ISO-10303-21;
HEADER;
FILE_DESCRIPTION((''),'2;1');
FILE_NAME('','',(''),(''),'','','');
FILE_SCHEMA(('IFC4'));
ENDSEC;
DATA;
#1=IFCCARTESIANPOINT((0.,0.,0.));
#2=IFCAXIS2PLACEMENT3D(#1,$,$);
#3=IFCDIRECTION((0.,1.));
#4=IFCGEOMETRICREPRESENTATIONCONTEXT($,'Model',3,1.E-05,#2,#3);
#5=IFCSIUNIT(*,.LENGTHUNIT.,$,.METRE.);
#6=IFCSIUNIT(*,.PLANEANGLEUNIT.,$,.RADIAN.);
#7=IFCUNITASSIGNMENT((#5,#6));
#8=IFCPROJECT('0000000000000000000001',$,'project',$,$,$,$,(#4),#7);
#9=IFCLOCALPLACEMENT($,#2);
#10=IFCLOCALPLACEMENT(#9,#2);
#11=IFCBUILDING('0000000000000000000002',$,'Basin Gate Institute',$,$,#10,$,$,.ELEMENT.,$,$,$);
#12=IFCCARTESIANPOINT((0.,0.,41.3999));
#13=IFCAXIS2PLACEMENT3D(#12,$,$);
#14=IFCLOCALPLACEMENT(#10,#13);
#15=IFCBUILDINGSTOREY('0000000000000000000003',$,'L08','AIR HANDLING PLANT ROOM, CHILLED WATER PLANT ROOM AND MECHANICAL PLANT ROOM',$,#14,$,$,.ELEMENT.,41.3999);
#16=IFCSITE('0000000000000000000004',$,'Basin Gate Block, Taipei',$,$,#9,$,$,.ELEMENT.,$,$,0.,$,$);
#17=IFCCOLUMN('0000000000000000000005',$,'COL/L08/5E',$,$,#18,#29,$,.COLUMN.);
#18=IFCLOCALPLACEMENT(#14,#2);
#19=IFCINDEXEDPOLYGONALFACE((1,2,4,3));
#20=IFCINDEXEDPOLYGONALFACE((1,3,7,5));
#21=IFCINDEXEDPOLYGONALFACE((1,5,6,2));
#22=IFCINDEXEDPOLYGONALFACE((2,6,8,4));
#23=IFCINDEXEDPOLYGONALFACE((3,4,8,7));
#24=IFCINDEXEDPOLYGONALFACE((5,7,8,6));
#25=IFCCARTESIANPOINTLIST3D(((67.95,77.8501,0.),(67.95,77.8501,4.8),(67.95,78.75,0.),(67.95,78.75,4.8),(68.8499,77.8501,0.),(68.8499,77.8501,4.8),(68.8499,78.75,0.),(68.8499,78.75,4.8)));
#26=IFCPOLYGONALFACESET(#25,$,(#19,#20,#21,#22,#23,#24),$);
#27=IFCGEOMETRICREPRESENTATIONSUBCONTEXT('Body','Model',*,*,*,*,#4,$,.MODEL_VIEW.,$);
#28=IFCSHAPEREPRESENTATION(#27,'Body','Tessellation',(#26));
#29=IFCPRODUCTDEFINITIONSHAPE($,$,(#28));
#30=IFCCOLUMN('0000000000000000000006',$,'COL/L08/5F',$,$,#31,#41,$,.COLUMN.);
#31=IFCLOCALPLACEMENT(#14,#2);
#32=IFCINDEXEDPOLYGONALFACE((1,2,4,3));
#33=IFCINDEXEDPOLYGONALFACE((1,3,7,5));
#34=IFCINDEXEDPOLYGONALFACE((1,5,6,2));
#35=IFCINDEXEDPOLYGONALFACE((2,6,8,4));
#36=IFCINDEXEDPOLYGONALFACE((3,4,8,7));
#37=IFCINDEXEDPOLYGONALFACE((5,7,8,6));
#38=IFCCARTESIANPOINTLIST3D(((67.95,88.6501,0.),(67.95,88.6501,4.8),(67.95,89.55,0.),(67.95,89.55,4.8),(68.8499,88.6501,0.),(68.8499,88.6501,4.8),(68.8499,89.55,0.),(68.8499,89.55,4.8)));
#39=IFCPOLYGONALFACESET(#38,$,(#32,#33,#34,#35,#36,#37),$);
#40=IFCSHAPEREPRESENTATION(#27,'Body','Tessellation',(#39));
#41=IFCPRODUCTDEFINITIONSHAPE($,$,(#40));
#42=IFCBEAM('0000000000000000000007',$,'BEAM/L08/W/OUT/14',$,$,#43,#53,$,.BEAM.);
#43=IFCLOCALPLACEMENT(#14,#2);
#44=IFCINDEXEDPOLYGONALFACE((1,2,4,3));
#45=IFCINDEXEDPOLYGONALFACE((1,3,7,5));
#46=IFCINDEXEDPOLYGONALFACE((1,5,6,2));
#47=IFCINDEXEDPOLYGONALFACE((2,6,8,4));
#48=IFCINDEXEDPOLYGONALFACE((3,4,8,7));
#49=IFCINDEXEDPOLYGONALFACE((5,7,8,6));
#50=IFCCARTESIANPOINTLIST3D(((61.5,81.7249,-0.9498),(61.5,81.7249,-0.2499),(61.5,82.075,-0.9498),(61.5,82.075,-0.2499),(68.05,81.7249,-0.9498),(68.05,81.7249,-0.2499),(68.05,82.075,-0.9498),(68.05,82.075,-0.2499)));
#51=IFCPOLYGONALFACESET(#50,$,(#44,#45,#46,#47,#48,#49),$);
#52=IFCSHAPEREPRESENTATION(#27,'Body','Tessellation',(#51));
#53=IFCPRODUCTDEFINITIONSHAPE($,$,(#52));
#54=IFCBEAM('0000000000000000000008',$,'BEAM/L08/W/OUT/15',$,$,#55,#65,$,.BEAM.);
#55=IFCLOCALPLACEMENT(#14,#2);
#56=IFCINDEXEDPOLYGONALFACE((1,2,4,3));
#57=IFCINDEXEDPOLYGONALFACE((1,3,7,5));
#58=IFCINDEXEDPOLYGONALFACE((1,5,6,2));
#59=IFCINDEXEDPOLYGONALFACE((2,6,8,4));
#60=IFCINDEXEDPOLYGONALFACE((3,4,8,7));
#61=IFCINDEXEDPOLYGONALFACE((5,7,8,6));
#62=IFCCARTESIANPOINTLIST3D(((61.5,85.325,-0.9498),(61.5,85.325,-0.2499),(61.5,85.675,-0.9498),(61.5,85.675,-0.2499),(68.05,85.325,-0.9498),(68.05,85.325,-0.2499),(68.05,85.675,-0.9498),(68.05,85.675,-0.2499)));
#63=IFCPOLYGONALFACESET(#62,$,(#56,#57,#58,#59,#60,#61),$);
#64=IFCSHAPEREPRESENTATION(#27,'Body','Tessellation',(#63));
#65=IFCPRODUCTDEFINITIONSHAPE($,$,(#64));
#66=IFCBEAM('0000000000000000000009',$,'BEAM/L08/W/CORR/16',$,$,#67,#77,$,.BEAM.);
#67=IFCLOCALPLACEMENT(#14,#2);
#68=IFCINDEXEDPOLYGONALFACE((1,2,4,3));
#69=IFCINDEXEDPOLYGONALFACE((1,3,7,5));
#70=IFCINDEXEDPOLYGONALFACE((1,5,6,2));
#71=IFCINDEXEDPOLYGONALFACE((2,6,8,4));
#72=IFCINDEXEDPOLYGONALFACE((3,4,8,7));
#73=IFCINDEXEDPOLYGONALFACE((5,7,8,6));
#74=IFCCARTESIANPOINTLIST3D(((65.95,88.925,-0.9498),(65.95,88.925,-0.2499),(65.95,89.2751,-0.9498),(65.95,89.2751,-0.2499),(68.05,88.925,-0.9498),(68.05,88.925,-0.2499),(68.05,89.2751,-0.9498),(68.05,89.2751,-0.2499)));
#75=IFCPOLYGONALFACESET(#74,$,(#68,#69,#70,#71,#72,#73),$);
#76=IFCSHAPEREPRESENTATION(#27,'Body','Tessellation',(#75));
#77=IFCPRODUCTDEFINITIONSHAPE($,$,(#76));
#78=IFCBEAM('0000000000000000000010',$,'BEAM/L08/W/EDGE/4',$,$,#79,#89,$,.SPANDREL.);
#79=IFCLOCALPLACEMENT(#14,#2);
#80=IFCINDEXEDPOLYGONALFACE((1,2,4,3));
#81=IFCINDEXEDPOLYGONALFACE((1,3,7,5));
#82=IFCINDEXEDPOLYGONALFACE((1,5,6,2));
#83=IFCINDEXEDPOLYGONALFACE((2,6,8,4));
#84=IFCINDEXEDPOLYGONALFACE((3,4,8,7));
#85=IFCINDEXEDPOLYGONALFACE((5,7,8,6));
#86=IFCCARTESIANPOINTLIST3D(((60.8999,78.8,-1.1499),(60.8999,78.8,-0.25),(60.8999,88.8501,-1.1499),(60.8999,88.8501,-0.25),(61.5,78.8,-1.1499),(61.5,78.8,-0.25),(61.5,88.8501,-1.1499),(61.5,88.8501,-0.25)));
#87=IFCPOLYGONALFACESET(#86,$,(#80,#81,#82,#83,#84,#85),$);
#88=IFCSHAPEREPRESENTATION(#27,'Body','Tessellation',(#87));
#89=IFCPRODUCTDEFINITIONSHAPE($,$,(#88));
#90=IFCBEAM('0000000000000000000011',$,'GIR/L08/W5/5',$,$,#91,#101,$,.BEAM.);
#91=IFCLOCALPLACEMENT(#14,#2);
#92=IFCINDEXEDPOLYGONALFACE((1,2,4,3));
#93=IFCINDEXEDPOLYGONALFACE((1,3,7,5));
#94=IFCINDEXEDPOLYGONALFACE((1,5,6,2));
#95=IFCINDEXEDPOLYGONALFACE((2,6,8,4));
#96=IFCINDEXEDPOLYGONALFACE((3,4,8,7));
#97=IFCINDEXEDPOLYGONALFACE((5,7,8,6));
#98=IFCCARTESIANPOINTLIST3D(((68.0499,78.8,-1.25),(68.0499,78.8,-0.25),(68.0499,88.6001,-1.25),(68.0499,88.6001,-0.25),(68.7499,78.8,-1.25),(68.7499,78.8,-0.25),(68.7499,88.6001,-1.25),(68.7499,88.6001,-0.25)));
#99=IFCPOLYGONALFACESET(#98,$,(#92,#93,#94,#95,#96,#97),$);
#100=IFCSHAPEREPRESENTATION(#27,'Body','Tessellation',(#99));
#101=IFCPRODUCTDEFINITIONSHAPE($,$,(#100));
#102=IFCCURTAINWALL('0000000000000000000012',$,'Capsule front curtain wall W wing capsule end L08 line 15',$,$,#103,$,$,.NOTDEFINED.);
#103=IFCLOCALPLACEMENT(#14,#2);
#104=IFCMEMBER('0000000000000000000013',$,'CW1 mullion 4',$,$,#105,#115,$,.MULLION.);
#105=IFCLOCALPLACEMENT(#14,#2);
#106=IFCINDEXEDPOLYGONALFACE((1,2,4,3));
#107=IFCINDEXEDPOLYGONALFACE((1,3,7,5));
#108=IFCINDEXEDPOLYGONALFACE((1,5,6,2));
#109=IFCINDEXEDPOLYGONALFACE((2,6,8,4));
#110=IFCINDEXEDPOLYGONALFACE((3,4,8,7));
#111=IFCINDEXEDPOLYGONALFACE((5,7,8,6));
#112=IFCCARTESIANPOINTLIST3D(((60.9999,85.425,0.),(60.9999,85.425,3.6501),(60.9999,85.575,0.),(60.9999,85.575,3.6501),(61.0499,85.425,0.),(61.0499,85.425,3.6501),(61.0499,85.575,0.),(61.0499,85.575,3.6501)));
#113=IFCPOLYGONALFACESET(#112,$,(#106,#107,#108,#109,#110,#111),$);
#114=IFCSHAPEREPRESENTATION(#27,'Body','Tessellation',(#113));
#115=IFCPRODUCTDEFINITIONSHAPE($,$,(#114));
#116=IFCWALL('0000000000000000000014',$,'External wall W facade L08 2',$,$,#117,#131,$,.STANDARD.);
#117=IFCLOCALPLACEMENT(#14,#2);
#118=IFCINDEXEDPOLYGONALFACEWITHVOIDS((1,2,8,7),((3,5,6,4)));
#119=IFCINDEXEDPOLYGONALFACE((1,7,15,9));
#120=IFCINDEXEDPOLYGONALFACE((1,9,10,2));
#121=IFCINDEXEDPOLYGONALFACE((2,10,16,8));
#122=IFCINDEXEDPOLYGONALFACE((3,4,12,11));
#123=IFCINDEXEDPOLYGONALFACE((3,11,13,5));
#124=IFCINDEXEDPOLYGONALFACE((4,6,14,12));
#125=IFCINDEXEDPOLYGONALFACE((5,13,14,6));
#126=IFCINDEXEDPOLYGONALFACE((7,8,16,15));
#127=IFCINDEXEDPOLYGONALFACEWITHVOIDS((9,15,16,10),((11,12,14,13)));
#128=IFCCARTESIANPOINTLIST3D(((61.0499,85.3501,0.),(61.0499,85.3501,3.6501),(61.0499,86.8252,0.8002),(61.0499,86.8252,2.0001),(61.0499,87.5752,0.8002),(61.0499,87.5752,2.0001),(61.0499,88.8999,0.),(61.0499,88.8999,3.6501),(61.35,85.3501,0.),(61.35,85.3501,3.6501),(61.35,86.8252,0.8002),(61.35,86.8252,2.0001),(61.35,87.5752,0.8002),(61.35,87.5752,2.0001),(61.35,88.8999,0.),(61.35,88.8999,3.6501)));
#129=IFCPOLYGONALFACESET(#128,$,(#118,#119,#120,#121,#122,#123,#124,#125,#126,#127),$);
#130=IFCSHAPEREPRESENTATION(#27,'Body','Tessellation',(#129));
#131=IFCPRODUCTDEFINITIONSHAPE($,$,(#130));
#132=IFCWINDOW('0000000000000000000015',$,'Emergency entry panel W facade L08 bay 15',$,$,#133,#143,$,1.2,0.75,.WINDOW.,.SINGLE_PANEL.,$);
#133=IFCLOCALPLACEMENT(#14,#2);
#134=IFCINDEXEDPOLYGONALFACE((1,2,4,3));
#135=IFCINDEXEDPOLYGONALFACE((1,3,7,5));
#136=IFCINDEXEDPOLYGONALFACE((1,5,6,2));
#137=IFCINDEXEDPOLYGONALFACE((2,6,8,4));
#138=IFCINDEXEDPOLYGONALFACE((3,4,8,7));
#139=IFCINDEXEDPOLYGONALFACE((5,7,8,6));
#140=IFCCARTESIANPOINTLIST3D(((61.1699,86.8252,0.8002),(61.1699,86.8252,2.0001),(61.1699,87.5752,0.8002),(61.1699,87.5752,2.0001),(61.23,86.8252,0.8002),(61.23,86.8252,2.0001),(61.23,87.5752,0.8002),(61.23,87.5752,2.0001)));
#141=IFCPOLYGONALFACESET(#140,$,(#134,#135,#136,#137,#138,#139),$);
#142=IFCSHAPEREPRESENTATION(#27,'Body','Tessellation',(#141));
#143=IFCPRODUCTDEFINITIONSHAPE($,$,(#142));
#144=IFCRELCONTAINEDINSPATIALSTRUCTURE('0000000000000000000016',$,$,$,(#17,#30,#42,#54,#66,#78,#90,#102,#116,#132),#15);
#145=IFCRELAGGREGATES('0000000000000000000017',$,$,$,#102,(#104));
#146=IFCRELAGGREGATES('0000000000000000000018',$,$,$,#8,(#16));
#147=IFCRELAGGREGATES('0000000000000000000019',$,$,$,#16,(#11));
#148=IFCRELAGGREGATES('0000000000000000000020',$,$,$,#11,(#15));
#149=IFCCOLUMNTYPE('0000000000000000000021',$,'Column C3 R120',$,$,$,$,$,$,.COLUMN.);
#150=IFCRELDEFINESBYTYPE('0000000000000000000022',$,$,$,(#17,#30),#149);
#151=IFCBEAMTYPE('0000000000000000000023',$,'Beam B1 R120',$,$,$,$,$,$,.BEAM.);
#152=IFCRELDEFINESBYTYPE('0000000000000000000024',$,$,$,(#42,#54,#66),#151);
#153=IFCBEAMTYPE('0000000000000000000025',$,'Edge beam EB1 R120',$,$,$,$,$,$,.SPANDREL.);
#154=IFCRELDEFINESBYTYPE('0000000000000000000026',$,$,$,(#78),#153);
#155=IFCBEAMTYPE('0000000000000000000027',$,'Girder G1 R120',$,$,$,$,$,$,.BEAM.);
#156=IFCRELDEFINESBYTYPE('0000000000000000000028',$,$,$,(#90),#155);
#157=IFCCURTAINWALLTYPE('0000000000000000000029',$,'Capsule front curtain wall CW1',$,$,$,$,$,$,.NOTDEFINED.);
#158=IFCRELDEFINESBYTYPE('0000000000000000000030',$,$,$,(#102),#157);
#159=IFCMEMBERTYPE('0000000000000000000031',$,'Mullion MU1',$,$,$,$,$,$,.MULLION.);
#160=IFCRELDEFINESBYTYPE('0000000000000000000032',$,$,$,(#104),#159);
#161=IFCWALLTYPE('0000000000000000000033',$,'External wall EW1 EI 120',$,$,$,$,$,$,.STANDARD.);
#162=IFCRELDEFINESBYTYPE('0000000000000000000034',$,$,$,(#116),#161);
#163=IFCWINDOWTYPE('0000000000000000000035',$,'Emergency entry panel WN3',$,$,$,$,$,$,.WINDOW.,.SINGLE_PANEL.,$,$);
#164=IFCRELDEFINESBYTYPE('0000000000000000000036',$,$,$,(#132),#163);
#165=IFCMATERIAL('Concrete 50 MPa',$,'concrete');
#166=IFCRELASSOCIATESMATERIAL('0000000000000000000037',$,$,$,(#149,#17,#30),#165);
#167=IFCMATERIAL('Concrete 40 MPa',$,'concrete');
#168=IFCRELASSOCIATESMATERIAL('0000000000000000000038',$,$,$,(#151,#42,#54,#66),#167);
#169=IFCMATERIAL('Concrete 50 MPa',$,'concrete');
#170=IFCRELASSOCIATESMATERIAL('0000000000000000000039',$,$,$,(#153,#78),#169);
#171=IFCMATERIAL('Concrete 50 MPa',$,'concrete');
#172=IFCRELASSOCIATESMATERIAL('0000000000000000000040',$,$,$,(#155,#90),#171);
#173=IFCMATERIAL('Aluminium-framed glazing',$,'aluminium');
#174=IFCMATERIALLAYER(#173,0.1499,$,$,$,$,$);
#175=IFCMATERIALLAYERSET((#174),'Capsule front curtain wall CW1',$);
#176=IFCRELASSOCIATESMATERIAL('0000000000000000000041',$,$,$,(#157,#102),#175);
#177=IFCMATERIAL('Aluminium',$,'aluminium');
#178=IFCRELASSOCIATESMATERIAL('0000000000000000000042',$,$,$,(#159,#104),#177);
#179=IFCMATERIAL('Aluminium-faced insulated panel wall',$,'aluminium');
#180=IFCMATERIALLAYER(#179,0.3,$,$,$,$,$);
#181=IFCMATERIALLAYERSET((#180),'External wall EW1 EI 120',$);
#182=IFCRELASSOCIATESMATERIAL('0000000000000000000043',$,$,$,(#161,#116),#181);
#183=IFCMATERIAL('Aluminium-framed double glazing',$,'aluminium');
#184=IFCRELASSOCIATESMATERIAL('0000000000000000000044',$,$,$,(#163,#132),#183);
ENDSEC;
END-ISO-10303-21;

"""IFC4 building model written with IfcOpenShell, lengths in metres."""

from ifc_helpers import new_model, si_unit, direction, frame, frame_2d, origin, origin_2d, place, context, subcontext, project, spatial, rectangle, extrude, material, layer, layer_set, material_profile, profile_set, type_object, element, fill, aggregate, save


model = new_model("IFC4")

# Units and contexts
model_context = context("Model", 3, precision=1e-05, world=origin(), true_north=direction((0.0, 1.0)))
body_context = subcontext(model_context, "Body", "Model", "MODEL_VIEW")
ifc_project = project(units=[si_unit("LENGTHUNIT", "METRE"), si_unit("PLANEANGLEUNIT", "RADIAN")], contexts=[model_context])

# Site, building, storey
site_placement = place(None, origin())
site = spatial("IfcSite", under=ifc_project, at=site_placement, Name="Basin Gate Block, Taipei", CompositionType="ELEMENT", RefElevation=0.0)
building_placement = place(site_placement, origin())
building = spatial("IfcBuilding", under=site, at=building_placement, Name="Basin Gate Institute", CompositionType="ELEMENT")
storey_placement = place(building_placement, frame((0.0, 0.0, 41.3999)))
storey = spatial("IfcBuildingStorey", under=building, at=storey_placement, Name="L08", Description="AIR HANDLING PLANT ROOM, CHILLED WATER PLANT ROOM AND MECHANICAL PLANT ROOM", CompositionType="ELEMENT", Elevation=41.3999)

# Columns
ifc_material_1 = material(Name="Concrete 50 MPa", Category="concrete")
ifc_material_profile_1 = material_profile(ifc_material_1, rectangle(XDim=0.8999, YDim=0.8999, at=origin_2d()), Name="Column C3 900 x 900")
ifc_profile_set_1 = profile_set([ifc_material_profile_1], Name="Concrete 50 MPa")
column_type = type_object("IfcColumnType", Name="Column C3 R120", PredefinedType="COLUMN", material=ifc_profile_set_1)
for number, where, z_axis, x_axis, name in (
    (1, (68.3999, 78.3, 0.0), (0.0, 0.0, 1.0), (1.0, 0.0, 0.0), "COL/L08/5E"),
    (2, (68.3999, 89.1001, 0.0), (0.0, 0.0, 1.0), (1.0, 0.0, 0.0), "COL/L08/5F"),
):
    element("IfcColumn", number, at=place(storey_placement, frame(where, z_axis=z_axis, x_axis=x_axis)), inside=storey, type_object=column_type, material=ifc_profile_set_1, Name=name, PredefinedType="COLUMN", context=body_context, shape_type="SweptSolid", body=[
        extrude(rectangle(XDim=0.8999, YDim=0.8999, at=origin_2d()), origin(), (0.0, 0.0, 1.0), 4.8),
    ])

# Beams
ifc_material_2 = material(Name="Concrete 40 MPa", Category="concrete")
ifc_material_profile_2 = material_profile(ifc_material_2, rectangle(XDim=0.3501, YDim=0.7, at=origin_2d()), Name="Beam B1 350 x 700")
ifc_profile_set_2 = profile_set([ifc_material_profile_2], Name="Concrete 40 MPa")
beam_type_1 = type_object("IfcBeamType", Name="Beam B1 R120", PredefinedType="BEAM", material=ifc_profile_set_2)
for number, where, z_axis, x_axis, name in (
    (3, (61.5, 81.8999, -0.5999), (1.0, 0.0, 0.0), (0.0, 1.0, 0.0), "BEAM/L08/W/OUT/14"),
    (4, (61.5, 85.5, -0.5999), (1.0, 0.0, 0.0), (0.0, 1.0, 0.0), "BEAM/L08/W/OUT/15"),
):
    element("IfcBeam", number, at=place(storey_placement, frame(where, z_axis=z_axis, x_axis=x_axis)), inside=storey, type_object=beam_type_1, material=ifc_profile_set_2, Name=name, PredefinedType="BEAM", context=body_context, shape_type="SweptSolid", body=[
        extrude(rectangle(XDim=0.3501, YDim=0.7, at=origin_2d()), origin(), (0.0, 0.0, 1.0), 6.55),
    ])
beam_1_placement = place(storey_placement, frame((65.95, 89.1001, -0.5999), z_axis=(1.0, 0.0, 0.0), x_axis=(0.0, 1.0, 0.0)))
element("IfcBeam", 5, at=beam_1_placement, inside=storey, type_object=beam_type_1, material=ifc_profile_set_2, Name="BEAM/L08/W/CORR/16", PredefinedType="BEAM", context=body_context, shape_type="SweptSolid", body=[
    extrude(rectangle(XDim=0.3501, YDim=0.7, at=origin_2d()), origin(), (0.0, 0.0, 1.0), 2.1001),
])
ifc_material_3 = material(Name="Concrete 50 MPa", Category="concrete")
ifc_material_profile_3 = material_profile(ifc_material_3, rectangle(XDim=0.6001, YDim=0.8999, at=origin_2d()), Name="Edge beam EB1 600 x 900")
ifc_profile_set_3 = profile_set([ifc_material_profile_3], Name="Concrete 50 MPa")
beam_type_2 = type_object("IfcBeamType", Name="Edge beam EB1 R120", PredefinedType="SPANDREL", material=ifc_profile_set_3)
beam_2_placement = place(storey_placement, frame((61.2, 78.8, -0.7), z_axis=(0.0, 1.0, 0.0), x_axis=(-1.0, 0.0, 0.0)))
element("IfcBeam", 6, at=beam_2_placement, inside=storey, type_object=beam_type_2, material=ifc_profile_set_3, Name="BEAM/L08/W/EDGE/4", PredefinedType="SPANDREL", context=body_context, shape_type="SweptSolid", body=[
    extrude(rectangle(XDim=0.6001, YDim=0.8999, at=origin_2d()), origin(), (0.0, 0.0, 1.0), 10.05),
])
ifc_material_4 = material(Name="Concrete 50 MPa", Category="concrete")
ifc_material_profile_4 = material_profile(ifc_material_4, rectangle(XDim=0.7, YDim=1.0, at=origin_2d()), Name="Girder G1 700 x 1000")
ifc_profile_set_4 = profile_set([ifc_material_profile_4], Name="Concrete 50 MPa")
beam_type_3 = type_object("IfcBeamType", Name="Girder G1 R120", PredefinedType="BEAM", material=ifc_profile_set_4)
beam_3_placement = place(storey_placement, frame((68.3999, 78.8, -0.75), z_axis=(0.0, 1.0, 0.0), x_axis=(-1.0, 0.0, 0.0)))
element("IfcBeam", 7, at=beam_3_placement, inside=storey, type_object=beam_type_3, material=ifc_profile_set_4, Name="GIR/L08/W5/5", PredefinedType="BEAM", context=body_context, shape_type="SweptSolid", body=[
    extrude(rectangle(XDim=0.7, YDim=1.0, at=origin_2d()), origin(), (0.0, 0.0, 1.0), 9.8),
])

# Curtain wall, member
ifc_material_5 = material(Name="Aluminium-framed glazing", Category="aluminium")
ifc_layer_1 = layer(ifc_material_5, 0.1499)
ifc_layer_set_1 = layer_set([ifc_layer_1], Name="Capsule front curtain wall CW1")
curtain_wall_type = type_object("IfcCurtainWallType", Name="Capsule front curtain wall CW1", PredefinedType="NOTDEFINED", material=ifc_layer_set_1)
curtain_wall_placement = place(storey_placement, origin())
curtain_wall = element("IfcCurtainWall", 8, at=curtain_wall_placement, inside=storey, type_object=curtain_wall_type, material=ifc_layer_set_1, Name="Capsule front curtain wall W wing capsule end L08 line 15", PredefinedType="NOTDEFINED")
ifc_material_6 = material(Name="Aluminium", Category="aluminium")
ifc_material_profile_5 = material_profile(ifc_material_6, rectangle(XDim=0.1499, YDim=0.05, at=origin_2d()), Name="Mullion MU1 150 x 50")
ifc_profile_set_5 = profile_set([ifc_material_profile_5], Name="Aluminium")
member_type = type_object("IfcMemberType", Name="Mullion MU1", PredefinedType="MULLION", material=ifc_profile_set_5)
member_placement = place(storey_placement, frame((61.0249, 85.5, 0.0), z_axis=(0.0, 0.0, 1.0), x_axis=(0.0, 1.0, 0.0)))
member = element("IfcMember", 9, at=member_placement, type_object=member_type, material=ifc_profile_set_5, Name="CW1 mullion 4", PredefinedType="MULLION", context=body_context, shape_type="SweptSolid", body=[
    extrude(rectangle(XDim=0.1499, YDim=0.05, at=origin_2d()), origin(), (0.0, 0.0, 1.0), 3.6501),
])
aggregate(curtain_wall, [member])

# Wall, opening, window
ifc_material_7 = material(Name="Aluminium-faced insulated panel wall", Category="aluminium")
ifc_layer_2 = layer(ifc_material_7, 0.3)
ifc_layer_set_2 = layer_set([ifc_layer_2], Name="External wall EW1 EI 120")
wall_type_1 = type_object("IfcWallType", Name="External wall EW1 EI 120", PredefinedType="STANDARD", material=ifc_layer_set_2)
wall_1_placement = place(storey_placement, frame((61.2, 85.3501, 0.0), z_axis=(0.0, 0.0, 1.0), x_axis=(0.0, 1.0, 0.0)))
wall_1 = element("IfcWall", 10, at=wall_1_placement, inside=storey, type_object=wall_type_1, material=ifc_layer_set_2, Name="External wall W facade L08 2", PredefinedType="STANDARD", context=body_context, shape_type="SweptSolid", body=[
    extrude(rectangle(XDim=3.5498, YDim=0.3, at=frame_2d((1.7749, 0.0))), origin(), (0.0, 0.0, 1.0), 3.6501),
])
opening_1_placement = place(wall_1_placement, frame((1.4751, 0.0, 0.8)))
opening_1 = element("IfcOpeningElement", 11, at=opening_1_placement, cuts=wall_1, PredefinedType="OPENING", context=body_context, shape_type="SweptSolid", body=[
    extrude(rectangle(XDim=0.75, YDim=1.2, at=frame_2d((0.375, 0.6001))), frame((0.0, 0.1602, 0.0), z_axis=(0.0, -1.0, 0.0), x_axis=(1.0, 0.0, 0.0)), (0.0, 0.0, 1.0), 0.3201),
])
ifc_material_8 = material(Name="Aluminium-framed double glazing", Category="aluminium")
window_type_1 = type_object("IfcWindowType", Name="Emergency entry panel WN3", PartitioningType="SINGLE_PANEL", PredefinedType="WINDOW", material=ifc_material_8)
window_1_placement = place(opening_1_placement, origin())
window_1 = element("IfcWindow", 12, at=window_1_placement, inside=storey, type_object=window_type_1, material=ifc_material_8, Name="Emergency entry panel W facade L08 bay 15", OverallHeight=1.2, OverallWidth=0.75, PartitioningType="SINGLE_PANEL", PredefinedType="WINDOW", context=body_context, shape_type="SweptSolid", body=[
    extrude(rectangle(XDim=0.75, YDim=1.2, at=frame_2d((0.375, 0.6001))), frame((0.0, 0.03, 0.0), z_axis=(0.0, -1.0, 0.0), x_axis=(1.0, 0.0, 0.0)), (0.0, 0.0, 1.0), 0.0601),
])
fill(opening_1, window_1)

save(model, "model.ifc")
